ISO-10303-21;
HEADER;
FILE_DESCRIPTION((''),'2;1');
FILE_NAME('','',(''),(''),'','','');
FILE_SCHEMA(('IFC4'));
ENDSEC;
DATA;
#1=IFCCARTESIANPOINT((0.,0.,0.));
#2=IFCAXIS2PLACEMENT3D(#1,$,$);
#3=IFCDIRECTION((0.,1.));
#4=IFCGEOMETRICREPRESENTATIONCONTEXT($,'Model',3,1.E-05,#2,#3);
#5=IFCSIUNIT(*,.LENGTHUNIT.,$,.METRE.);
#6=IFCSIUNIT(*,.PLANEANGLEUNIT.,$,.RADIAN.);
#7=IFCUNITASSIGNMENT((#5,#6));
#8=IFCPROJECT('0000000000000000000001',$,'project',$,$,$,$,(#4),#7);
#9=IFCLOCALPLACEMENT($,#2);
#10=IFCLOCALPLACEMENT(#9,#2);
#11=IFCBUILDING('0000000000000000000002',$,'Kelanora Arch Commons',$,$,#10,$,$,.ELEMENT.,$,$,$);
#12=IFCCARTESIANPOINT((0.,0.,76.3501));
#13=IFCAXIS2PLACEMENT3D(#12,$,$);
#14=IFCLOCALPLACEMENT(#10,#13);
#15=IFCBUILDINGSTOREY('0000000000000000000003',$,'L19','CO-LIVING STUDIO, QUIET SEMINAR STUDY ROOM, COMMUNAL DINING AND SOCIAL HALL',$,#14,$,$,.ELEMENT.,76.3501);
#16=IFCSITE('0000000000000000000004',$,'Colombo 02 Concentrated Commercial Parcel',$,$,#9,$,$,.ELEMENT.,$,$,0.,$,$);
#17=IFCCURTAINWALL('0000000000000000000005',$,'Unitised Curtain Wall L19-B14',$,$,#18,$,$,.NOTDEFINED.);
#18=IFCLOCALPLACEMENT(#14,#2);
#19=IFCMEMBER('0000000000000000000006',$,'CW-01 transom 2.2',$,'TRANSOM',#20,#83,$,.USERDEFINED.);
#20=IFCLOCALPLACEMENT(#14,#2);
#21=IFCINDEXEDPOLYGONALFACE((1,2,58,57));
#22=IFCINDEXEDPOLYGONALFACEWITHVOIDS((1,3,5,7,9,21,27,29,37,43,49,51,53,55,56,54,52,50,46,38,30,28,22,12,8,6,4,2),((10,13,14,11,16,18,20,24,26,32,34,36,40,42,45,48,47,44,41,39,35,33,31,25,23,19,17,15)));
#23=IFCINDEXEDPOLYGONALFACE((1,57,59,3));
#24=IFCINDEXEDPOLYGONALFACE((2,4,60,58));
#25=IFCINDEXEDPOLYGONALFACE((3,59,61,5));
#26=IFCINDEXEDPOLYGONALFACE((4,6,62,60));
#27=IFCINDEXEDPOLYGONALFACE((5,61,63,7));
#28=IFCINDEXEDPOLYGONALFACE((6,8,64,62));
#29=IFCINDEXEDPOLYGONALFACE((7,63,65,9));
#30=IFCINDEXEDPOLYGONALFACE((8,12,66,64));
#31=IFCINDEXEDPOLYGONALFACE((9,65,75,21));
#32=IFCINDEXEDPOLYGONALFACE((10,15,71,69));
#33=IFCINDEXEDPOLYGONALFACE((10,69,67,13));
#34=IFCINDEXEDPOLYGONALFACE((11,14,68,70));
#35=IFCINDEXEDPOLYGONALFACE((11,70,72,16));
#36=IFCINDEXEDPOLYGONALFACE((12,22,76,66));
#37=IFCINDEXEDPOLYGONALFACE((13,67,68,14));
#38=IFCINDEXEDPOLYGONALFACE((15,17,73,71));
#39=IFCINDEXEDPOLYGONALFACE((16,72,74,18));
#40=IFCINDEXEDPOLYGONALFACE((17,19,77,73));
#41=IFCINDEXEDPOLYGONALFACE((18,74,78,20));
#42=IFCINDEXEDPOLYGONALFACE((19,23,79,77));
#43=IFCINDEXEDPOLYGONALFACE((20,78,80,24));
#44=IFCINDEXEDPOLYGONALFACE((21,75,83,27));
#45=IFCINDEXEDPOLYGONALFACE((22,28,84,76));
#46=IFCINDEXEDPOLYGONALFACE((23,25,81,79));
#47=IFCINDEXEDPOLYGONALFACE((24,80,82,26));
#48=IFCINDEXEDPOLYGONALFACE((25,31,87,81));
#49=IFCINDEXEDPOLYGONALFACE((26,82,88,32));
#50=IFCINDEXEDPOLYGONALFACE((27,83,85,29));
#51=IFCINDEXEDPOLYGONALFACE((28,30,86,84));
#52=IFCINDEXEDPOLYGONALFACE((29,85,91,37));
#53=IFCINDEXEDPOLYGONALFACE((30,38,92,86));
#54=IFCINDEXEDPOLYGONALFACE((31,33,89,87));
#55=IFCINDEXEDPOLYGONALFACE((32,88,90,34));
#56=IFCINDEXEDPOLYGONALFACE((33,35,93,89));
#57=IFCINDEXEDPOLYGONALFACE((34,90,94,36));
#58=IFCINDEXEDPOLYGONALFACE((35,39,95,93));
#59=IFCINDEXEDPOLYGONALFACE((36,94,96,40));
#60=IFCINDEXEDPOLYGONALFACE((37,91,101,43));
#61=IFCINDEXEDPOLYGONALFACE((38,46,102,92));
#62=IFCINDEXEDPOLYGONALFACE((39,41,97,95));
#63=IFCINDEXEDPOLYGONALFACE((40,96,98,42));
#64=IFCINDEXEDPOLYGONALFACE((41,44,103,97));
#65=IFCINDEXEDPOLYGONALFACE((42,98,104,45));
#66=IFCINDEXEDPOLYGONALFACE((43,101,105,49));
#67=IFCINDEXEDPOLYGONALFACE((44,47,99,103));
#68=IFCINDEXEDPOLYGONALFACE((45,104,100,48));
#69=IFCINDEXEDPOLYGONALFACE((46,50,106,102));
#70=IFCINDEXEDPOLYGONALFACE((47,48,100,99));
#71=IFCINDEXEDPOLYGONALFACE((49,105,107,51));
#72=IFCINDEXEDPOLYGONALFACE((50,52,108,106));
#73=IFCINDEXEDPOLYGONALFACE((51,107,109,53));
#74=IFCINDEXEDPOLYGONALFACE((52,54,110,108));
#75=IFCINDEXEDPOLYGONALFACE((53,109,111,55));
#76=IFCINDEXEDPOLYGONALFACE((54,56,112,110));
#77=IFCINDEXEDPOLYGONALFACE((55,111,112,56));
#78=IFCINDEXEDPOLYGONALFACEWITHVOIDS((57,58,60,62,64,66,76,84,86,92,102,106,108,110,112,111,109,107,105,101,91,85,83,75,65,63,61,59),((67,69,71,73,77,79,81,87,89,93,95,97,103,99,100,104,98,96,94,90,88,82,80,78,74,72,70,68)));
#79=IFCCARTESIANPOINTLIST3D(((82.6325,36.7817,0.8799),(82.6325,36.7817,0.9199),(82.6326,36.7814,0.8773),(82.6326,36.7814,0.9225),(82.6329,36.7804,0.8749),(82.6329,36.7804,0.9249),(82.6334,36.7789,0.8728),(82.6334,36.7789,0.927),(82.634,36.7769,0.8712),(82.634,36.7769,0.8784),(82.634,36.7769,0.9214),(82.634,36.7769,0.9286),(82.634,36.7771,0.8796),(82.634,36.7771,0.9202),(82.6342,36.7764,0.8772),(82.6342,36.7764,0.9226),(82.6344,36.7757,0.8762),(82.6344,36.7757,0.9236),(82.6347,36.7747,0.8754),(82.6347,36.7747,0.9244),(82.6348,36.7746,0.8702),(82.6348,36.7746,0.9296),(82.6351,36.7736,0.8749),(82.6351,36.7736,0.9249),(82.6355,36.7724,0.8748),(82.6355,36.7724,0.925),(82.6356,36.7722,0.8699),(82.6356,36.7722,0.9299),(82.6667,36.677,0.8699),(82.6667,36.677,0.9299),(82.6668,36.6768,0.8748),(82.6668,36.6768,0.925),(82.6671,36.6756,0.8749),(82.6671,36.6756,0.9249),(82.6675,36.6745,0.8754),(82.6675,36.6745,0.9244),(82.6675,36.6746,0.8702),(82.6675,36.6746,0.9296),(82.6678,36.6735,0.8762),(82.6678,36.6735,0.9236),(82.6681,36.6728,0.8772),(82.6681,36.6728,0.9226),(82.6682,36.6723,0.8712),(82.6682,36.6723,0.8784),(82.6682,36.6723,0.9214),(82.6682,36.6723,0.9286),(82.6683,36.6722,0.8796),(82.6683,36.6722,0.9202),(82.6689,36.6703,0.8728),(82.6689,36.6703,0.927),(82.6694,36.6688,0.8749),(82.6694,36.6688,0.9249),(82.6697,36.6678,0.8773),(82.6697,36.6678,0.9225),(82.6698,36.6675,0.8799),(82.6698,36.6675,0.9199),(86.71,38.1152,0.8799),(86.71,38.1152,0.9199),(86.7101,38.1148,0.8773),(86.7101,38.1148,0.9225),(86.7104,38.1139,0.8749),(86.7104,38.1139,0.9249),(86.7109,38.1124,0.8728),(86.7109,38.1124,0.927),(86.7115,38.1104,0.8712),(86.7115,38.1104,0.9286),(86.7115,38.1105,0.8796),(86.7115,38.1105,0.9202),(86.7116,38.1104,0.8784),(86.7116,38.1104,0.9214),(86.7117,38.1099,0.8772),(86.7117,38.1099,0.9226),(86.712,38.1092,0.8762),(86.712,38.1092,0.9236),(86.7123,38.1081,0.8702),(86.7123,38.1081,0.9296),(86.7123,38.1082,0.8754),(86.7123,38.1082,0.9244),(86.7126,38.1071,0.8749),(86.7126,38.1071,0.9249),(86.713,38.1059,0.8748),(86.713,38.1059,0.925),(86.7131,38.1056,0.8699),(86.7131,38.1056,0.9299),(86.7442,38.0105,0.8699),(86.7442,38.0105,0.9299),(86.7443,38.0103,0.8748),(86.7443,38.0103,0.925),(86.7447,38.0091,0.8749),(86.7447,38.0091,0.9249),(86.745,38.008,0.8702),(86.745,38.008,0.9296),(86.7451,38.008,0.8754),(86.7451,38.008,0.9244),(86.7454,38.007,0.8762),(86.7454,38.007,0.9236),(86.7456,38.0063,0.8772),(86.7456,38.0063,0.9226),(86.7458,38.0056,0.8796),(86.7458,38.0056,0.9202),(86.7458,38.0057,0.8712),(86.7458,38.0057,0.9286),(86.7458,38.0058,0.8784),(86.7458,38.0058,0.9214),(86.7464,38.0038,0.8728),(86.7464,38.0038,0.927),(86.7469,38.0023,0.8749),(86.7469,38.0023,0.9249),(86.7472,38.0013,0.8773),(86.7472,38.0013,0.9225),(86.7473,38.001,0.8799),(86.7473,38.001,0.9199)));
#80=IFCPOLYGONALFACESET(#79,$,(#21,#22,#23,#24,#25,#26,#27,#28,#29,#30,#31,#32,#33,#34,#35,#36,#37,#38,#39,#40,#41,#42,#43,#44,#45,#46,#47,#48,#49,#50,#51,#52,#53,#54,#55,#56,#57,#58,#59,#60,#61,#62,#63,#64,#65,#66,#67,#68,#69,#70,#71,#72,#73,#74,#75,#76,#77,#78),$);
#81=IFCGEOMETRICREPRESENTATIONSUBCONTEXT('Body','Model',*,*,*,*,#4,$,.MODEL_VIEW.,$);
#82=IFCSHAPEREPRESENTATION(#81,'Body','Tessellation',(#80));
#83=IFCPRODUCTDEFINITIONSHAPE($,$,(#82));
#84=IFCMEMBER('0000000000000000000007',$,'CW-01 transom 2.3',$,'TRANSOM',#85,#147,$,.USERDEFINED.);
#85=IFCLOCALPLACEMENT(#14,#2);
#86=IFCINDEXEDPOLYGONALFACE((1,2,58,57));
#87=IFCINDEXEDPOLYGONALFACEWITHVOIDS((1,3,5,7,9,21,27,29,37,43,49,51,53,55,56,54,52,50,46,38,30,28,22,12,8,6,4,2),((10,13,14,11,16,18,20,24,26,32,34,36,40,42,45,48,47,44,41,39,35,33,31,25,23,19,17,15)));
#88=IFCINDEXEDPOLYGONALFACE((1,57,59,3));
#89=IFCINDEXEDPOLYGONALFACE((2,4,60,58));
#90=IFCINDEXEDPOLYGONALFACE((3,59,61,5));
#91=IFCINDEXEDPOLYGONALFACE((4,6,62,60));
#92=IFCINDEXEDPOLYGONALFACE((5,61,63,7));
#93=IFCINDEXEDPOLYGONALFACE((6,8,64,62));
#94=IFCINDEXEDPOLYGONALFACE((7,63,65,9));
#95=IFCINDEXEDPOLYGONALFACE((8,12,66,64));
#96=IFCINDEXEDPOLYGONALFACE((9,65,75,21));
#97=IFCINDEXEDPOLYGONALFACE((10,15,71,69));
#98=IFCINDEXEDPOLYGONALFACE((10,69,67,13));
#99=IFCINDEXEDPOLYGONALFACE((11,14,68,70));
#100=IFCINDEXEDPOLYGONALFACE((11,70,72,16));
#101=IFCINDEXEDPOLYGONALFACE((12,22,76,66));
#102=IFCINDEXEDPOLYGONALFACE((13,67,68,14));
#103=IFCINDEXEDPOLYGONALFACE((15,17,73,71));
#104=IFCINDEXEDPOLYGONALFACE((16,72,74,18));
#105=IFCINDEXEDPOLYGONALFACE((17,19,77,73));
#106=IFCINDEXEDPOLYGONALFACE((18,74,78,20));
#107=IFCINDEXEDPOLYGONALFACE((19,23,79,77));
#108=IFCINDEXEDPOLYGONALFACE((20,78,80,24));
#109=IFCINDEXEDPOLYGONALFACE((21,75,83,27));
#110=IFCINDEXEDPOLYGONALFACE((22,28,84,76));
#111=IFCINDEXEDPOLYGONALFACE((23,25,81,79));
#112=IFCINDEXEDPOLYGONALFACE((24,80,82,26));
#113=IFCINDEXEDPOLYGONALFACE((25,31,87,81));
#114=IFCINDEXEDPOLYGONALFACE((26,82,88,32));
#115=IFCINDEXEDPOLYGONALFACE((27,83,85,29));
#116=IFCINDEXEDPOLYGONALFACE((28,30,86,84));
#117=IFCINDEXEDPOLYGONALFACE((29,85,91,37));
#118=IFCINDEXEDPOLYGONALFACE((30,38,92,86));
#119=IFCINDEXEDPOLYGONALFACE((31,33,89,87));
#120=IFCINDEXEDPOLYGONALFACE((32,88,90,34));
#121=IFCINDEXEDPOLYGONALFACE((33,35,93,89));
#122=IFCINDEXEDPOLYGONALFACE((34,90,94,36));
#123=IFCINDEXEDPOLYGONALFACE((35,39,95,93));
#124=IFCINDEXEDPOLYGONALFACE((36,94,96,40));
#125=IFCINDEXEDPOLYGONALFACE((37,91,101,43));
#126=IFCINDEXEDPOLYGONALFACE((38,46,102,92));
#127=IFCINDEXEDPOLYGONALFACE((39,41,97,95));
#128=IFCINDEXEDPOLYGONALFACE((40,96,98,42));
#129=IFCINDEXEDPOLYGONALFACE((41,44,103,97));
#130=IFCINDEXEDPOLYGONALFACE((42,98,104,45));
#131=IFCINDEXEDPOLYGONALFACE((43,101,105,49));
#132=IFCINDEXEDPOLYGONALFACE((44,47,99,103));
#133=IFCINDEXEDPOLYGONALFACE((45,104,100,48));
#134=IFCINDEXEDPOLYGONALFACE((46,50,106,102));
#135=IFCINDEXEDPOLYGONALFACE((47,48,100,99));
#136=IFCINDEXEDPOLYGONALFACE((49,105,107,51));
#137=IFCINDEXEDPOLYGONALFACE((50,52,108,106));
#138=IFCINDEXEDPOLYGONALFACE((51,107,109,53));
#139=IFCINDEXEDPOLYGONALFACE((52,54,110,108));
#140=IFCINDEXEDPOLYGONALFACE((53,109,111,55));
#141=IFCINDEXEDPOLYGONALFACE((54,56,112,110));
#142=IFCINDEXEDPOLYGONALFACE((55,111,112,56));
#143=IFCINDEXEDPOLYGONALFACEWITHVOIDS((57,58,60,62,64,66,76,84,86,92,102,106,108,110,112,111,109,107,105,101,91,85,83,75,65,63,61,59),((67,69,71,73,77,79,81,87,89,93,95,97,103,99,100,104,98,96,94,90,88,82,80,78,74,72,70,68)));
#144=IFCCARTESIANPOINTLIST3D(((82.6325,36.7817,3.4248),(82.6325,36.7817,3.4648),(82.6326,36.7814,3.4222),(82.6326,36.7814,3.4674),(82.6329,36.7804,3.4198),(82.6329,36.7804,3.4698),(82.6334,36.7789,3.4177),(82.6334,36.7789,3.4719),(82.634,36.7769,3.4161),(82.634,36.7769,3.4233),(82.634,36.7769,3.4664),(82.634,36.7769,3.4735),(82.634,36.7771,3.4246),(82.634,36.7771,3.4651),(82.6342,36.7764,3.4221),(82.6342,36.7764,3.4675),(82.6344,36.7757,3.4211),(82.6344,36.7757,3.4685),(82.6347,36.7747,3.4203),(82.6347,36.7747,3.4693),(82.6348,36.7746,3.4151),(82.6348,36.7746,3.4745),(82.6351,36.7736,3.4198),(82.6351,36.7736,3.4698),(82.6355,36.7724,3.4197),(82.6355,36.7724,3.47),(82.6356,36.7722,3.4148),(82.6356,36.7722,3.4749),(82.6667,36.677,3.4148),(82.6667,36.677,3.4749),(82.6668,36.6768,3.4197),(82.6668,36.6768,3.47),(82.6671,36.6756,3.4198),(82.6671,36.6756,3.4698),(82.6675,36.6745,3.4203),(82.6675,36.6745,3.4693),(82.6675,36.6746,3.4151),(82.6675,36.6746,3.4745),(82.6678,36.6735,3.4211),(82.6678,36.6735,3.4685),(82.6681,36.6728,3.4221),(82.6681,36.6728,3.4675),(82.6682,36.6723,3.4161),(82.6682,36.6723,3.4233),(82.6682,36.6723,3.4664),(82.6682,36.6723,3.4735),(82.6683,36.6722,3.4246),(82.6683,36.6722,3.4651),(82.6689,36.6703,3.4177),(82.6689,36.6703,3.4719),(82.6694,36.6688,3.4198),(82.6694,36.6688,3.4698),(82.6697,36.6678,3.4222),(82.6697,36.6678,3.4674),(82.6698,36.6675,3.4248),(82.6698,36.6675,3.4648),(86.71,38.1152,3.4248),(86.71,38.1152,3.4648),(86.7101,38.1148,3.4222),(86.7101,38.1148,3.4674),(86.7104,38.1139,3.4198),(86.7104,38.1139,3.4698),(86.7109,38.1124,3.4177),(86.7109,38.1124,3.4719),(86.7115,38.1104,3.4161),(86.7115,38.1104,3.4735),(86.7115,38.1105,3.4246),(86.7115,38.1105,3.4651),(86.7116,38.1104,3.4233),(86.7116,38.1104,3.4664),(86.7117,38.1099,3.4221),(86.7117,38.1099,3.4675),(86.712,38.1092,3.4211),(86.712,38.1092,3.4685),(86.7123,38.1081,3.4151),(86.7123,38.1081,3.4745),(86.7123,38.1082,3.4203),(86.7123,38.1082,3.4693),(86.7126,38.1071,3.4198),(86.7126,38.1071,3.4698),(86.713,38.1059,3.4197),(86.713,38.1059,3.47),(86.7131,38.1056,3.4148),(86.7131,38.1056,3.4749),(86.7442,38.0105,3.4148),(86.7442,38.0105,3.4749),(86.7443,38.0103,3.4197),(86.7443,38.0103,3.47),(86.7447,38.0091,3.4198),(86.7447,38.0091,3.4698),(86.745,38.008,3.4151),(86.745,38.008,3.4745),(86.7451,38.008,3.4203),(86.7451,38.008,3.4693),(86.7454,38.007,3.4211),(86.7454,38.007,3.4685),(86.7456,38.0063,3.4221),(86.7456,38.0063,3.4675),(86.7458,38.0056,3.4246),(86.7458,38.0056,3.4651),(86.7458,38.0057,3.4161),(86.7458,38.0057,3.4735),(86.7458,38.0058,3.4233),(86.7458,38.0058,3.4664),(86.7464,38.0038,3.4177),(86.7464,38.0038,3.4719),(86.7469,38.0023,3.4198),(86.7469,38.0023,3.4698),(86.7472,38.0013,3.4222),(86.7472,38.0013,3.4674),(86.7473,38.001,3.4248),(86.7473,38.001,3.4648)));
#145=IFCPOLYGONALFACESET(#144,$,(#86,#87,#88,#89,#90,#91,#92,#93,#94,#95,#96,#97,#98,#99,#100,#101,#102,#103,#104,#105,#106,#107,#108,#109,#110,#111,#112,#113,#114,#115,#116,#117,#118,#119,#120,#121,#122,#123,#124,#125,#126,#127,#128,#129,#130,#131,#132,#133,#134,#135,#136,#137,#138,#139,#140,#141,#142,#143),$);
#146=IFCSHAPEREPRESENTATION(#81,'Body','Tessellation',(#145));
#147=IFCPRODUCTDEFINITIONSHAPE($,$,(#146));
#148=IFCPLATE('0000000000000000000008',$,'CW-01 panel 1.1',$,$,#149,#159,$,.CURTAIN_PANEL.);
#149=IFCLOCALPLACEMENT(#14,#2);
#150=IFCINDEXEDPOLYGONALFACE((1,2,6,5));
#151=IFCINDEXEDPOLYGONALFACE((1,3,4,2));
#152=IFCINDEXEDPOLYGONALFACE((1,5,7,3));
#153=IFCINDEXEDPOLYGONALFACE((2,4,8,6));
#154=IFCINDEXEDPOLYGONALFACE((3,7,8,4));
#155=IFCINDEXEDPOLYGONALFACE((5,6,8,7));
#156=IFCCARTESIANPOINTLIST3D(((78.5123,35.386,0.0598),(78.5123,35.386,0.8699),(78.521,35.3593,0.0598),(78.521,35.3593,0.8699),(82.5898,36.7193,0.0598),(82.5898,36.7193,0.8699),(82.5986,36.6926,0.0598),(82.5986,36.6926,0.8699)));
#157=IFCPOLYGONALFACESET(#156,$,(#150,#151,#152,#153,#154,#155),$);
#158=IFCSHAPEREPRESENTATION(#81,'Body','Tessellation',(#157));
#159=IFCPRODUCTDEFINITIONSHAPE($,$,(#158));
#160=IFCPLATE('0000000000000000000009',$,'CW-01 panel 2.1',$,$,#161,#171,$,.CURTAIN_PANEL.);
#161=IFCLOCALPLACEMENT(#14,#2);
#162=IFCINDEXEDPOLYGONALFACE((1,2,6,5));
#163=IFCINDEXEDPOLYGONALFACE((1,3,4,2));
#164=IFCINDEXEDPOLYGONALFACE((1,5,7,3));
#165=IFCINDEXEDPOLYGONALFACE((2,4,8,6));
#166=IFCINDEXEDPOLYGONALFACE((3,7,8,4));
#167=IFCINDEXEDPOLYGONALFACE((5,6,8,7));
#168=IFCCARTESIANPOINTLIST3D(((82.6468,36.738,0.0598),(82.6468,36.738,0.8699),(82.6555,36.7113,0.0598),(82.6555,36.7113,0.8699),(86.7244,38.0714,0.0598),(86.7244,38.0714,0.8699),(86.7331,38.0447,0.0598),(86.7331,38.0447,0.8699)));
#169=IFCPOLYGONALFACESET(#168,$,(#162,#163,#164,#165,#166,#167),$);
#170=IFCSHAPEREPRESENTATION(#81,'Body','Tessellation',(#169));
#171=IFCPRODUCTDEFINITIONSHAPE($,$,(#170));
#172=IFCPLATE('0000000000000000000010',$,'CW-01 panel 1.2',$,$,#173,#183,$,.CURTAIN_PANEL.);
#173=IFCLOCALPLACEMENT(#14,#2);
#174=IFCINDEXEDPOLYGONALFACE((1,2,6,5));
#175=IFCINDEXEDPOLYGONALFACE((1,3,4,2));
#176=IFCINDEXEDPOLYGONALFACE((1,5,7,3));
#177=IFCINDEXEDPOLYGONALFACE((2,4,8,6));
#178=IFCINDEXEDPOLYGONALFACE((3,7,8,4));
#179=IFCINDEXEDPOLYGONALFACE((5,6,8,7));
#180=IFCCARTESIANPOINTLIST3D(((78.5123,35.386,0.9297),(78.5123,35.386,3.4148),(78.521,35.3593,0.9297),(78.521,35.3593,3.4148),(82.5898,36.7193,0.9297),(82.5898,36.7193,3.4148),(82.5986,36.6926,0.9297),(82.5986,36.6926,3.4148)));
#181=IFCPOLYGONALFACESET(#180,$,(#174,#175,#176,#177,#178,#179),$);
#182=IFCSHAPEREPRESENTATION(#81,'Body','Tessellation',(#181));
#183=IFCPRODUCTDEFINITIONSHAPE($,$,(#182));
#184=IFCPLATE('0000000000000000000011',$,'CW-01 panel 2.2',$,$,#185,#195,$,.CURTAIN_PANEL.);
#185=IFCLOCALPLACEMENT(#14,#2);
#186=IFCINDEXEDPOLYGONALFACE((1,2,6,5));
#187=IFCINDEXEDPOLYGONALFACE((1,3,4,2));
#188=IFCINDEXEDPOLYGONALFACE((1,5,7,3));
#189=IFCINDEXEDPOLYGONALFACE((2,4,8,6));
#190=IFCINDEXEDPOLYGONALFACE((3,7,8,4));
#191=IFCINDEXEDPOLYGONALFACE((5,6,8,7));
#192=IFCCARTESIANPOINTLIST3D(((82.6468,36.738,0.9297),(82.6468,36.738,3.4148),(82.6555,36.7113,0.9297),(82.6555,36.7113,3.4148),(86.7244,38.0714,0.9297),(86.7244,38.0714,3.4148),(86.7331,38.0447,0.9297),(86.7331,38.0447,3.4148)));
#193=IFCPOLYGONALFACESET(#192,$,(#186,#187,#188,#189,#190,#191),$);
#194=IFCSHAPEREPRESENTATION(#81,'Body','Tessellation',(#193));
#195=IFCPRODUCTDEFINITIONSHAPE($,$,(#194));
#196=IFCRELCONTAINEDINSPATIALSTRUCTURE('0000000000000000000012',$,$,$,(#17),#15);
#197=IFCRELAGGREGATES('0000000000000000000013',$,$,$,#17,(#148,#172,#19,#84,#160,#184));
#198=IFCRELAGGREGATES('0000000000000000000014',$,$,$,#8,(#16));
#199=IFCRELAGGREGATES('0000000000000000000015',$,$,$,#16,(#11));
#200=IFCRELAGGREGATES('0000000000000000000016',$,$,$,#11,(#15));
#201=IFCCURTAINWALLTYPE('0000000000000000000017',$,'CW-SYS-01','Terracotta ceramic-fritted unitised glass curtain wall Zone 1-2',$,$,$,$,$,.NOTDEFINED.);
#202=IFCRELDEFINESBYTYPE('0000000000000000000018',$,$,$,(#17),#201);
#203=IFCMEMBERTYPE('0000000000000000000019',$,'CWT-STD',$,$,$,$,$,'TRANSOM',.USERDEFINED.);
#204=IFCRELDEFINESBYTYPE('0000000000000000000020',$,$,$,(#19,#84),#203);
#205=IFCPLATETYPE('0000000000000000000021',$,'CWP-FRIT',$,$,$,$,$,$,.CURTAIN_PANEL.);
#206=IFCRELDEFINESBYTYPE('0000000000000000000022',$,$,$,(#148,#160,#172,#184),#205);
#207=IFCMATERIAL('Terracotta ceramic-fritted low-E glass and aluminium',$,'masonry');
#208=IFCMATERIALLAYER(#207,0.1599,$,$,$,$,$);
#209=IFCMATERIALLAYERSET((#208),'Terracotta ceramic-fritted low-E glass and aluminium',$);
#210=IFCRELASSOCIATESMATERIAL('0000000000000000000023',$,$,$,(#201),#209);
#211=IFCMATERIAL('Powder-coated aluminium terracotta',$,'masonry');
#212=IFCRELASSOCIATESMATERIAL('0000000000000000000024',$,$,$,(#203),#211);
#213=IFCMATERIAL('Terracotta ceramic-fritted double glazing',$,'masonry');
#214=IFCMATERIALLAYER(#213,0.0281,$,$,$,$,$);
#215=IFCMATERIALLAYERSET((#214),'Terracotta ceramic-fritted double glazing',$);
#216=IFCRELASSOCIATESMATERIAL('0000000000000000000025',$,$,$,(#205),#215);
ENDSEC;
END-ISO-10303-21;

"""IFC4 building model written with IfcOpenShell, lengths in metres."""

from ifc_helpers import new_model, si_unit, direction, frame, origin, origin_2d, place, context, subcontext, project, spatial, rectangle, hollow_rectangle, extrude, source, transform, mapped, material, layer, layer_set, material_profile, profile_set, type_object, element, aggregate, save


model = new_model("IFC4")

# Units and contexts
model_context = context("Model", 3, precision=1e-05, world=origin(), true_north=direction((0.0, 1.0)))
body_context = subcontext(model_context, "Body", "Model", "MODEL_VIEW")
ifc_project = project(units=[si_unit("LENGTHUNIT", "METRE"), si_unit("PLANEANGLEUNIT", "RADIAN")], contexts=[model_context])

# Site, building, storey
site_placement = place(None, origin())
site = spatial("IfcSite", under=ifc_project, at=site_placement, Name="Colombo 02 Concentrated Commercial Parcel", CompositionType="ELEMENT", RefElevation=0.0)
building_placement = place(site_placement, origin())
building = spatial("IfcBuilding", under=site, at=building_placement, Name="Kelanora Arch Commons", CompositionType="ELEMENT")
storey_placement = place(building_placement, frame((0.0, 0.0, 76.3501)))
storey = spatial("IfcBuildingStorey", under=building, at=storey_placement, Name="L19", Description="CO-LIVING STUDIO, QUIET SEMINAR STUDY ROOM, COMMUNAL DINING AND SOCIAL HALL", CompositionType="ELEMENT", Elevation=76.3501)

# Curtain wall, members, plates
ifc_material_1 = material(Name="Terracotta ceramic-fritted low-E glass and aluminium", Category="masonry")
ifc_layer_1 = layer(ifc_material_1, 0.1599)
ifc_layer_set_1 = layer_set([ifc_layer_1], Name="Terracotta ceramic-fritted low-E glass and aluminium")
curtain_wall_type = type_object("IfcCurtainWallType", Name="CW-SYS-01", Description="Terracotta ceramic-fritted unitised glass curtain wall Zone 1-2", PredefinedType="NOTDEFINED", material=ifc_layer_set_1)
curtain_wall_placement = place(storey_placement, origin())
curtain_wall = element("IfcCurtainWall", 1, at=curtain_wall_placement, inside=storey, type_object=curtain_wall_type, Name="Unitised Curtain Wall L19-B14", PredefinedType="NOTDEFINED")
ifc_material_2 = material(Name="Powder-coated aluminium terracotta", Category="masonry")
ifc_material_profile_1 = material_profile(ifc_material_2, hollow_rectangle(XDim=0.1201, YDim=0.0601, WallThickness=0.0049, InnerFilletRadius=0.0049, OuterFilletRadius=0.01, at=origin_2d()), Name="CWT120x60")
ifc_profile_set_1 = profile_set([ifc_material_profile_1], Name="Powder-coated aluminium terracotta")
member_type_1 = type_object("IfcMemberType", Name="CWT-STD", ElementType="TRANSOM", PredefinedType="USERDEFINED", material=ifc_profile_set_1)
member_1_placement = place(storey_placement, frame((82.6511, 36.7246, 0.8999), z_axis=(0.950466, 0.310828, 0.0), x_axis=(-0.310828, 0.950466, 0.0)))
member_1 = element("IfcMember", 2, at=member_1_placement, type_object=member_type_1, Name="CW-01 transom 2.2", ObjectType="TRANSOM", PredefinedType="USERDEFINED", context=body_context, shape_type="SweptSolid", body=[
    extrude(hollow_rectangle(XDim=0.1201, YDim=0.0601, WallThickness=0.0049, InnerFilletRadius=0.0049, OuterFilletRadius=0.01, at=origin_2d()), origin(), (0.0, 0.0, 1.0), 4.29),
])
member_2_placement = place(storey_placement, frame((82.6511, 36.7246, 3.4448), z_axis=(0.950466, 0.310828, 0.0), x_axis=(-0.310828, 0.950466, 0.0)))
member_2 = element("IfcMember", 3, at=member_2_placement, type_object=member_type_1, Name="CW-01 transom 2.3", ObjectType="TRANSOM", PredefinedType="USERDEFINED", context=body_context, shape_type="SweptSolid", body=[
    extrude(hollow_rectangle(XDim=0.1201, YDim=0.0601, WallThickness=0.0049, InnerFilletRadius=0.0049, OuterFilletRadius=0.01, at=origin_2d()), origin(), (0.0, 0.0, 1.0), 4.29),
])
ifc_material_3 = material(Name="Terracotta ceramic-fritted double glazing", Category="masonry")
ifc_layer_2 = layer(ifc_material_3, 0.0281)
ifc_layer_set_2 = layer_set([ifc_layer_2], Name="Terracotta ceramic-fritted double glazing")
plate_type = type_object("IfcPlateType", Name="CWP-FRIT", PredefinedType="CURTAIN_PANEL", material=ifc_layer_set_2)
shared_shape_1 = source(origin(), body_context, "Body", "SweptSolid", [
    extrude(rectangle(XDim=4.29, YDim=0.0281, at=origin_2d()), origin(), (0.0, 0.0, 1.0), 0.8101),
])
plate_1_placement = place(storey_placement, frame((80.5554, 36.0393, 0.0598), z_axis=(0.0, 0.0, 1.0), x_axis=(0.950474, 0.310805, 0.0)))
plate_1 = element("IfcPlate", 4, at=plate_1_placement, type_object=plate_type, Name="CW-01 panel 1.1", PredefinedType="CURTAIN_PANEL", context=body_context, shape_type="MappedRepresentation", body=[
    mapped(shared_shape_1, transform((0.0, 0.0, 0.0), scale=1.0)),
])
plate_2_placement = place(storey_placement, frame((84.6899, 37.3914, 0.0598), z_axis=(0.0, 0.0, 1.0), x_axis=(0.950474, 0.310805, 0.0)))
plate_2 = element("IfcPlate", 5, at=plate_2_placement, type_object=plate_type, Name="CW-01 panel 2.1", PredefinedType="CURTAIN_PANEL", context=body_context, shape_type="MappedRepresentation", body=[
    mapped(shared_shape_1, transform((0.0, 0.0, 0.0), scale=1.0)),
])
shared_shape_2 = source(origin(), body_context, "Body", "SweptSolid", [
    extrude(rectangle(XDim=4.29, YDim=0.0281, at=origin_2d()), origin(), (0.0, 0.0, 1.0), 2.4851),
])
plate_3_placement = place(storey_placement, frame((80.5554, 36.0393, 0.9297), z_axis=(0.0, 0.0, 1.0), x_axis=(0.950474, 0.310805, 0.0)))
plate_3 = element("IfcPlate", 6, at=plate_3_placement, type_object=plate_type, Name="CW-01 panel 1.2", PredefinedType="CURTAIN_PANEL", context=body_context, shape_type="MappedRepresentation", body=[
    mapped(shared_shape_2, transform((0.0, 0.0, 0.0), scale=1.0)),
])
plate_4_placement = place(storey_placement, frame((84.6899, 37.3914, 0.9297), z_axis=(0.0, 0.0, 1.0), x_axis=(0.950474, 0.310805, 0.0)))
plate_4 = element("IfcPlate", 7, at=plate_4_placement, type_object=plate_type, Name="CW-01 panel 2.2", PredefinedType="CURTAIN_PANEL", context=body_context, shape_type="MappedRepresentation", body=[
    mapped(shared_shape_2, transform((0.0, 0.0, 0.0), scale=1.0)),
])
aggregate(curtain_wall, [plate_1, plate_3, member_1, member_2, plate_2, plate_4])

save(model, "model.ifc")
